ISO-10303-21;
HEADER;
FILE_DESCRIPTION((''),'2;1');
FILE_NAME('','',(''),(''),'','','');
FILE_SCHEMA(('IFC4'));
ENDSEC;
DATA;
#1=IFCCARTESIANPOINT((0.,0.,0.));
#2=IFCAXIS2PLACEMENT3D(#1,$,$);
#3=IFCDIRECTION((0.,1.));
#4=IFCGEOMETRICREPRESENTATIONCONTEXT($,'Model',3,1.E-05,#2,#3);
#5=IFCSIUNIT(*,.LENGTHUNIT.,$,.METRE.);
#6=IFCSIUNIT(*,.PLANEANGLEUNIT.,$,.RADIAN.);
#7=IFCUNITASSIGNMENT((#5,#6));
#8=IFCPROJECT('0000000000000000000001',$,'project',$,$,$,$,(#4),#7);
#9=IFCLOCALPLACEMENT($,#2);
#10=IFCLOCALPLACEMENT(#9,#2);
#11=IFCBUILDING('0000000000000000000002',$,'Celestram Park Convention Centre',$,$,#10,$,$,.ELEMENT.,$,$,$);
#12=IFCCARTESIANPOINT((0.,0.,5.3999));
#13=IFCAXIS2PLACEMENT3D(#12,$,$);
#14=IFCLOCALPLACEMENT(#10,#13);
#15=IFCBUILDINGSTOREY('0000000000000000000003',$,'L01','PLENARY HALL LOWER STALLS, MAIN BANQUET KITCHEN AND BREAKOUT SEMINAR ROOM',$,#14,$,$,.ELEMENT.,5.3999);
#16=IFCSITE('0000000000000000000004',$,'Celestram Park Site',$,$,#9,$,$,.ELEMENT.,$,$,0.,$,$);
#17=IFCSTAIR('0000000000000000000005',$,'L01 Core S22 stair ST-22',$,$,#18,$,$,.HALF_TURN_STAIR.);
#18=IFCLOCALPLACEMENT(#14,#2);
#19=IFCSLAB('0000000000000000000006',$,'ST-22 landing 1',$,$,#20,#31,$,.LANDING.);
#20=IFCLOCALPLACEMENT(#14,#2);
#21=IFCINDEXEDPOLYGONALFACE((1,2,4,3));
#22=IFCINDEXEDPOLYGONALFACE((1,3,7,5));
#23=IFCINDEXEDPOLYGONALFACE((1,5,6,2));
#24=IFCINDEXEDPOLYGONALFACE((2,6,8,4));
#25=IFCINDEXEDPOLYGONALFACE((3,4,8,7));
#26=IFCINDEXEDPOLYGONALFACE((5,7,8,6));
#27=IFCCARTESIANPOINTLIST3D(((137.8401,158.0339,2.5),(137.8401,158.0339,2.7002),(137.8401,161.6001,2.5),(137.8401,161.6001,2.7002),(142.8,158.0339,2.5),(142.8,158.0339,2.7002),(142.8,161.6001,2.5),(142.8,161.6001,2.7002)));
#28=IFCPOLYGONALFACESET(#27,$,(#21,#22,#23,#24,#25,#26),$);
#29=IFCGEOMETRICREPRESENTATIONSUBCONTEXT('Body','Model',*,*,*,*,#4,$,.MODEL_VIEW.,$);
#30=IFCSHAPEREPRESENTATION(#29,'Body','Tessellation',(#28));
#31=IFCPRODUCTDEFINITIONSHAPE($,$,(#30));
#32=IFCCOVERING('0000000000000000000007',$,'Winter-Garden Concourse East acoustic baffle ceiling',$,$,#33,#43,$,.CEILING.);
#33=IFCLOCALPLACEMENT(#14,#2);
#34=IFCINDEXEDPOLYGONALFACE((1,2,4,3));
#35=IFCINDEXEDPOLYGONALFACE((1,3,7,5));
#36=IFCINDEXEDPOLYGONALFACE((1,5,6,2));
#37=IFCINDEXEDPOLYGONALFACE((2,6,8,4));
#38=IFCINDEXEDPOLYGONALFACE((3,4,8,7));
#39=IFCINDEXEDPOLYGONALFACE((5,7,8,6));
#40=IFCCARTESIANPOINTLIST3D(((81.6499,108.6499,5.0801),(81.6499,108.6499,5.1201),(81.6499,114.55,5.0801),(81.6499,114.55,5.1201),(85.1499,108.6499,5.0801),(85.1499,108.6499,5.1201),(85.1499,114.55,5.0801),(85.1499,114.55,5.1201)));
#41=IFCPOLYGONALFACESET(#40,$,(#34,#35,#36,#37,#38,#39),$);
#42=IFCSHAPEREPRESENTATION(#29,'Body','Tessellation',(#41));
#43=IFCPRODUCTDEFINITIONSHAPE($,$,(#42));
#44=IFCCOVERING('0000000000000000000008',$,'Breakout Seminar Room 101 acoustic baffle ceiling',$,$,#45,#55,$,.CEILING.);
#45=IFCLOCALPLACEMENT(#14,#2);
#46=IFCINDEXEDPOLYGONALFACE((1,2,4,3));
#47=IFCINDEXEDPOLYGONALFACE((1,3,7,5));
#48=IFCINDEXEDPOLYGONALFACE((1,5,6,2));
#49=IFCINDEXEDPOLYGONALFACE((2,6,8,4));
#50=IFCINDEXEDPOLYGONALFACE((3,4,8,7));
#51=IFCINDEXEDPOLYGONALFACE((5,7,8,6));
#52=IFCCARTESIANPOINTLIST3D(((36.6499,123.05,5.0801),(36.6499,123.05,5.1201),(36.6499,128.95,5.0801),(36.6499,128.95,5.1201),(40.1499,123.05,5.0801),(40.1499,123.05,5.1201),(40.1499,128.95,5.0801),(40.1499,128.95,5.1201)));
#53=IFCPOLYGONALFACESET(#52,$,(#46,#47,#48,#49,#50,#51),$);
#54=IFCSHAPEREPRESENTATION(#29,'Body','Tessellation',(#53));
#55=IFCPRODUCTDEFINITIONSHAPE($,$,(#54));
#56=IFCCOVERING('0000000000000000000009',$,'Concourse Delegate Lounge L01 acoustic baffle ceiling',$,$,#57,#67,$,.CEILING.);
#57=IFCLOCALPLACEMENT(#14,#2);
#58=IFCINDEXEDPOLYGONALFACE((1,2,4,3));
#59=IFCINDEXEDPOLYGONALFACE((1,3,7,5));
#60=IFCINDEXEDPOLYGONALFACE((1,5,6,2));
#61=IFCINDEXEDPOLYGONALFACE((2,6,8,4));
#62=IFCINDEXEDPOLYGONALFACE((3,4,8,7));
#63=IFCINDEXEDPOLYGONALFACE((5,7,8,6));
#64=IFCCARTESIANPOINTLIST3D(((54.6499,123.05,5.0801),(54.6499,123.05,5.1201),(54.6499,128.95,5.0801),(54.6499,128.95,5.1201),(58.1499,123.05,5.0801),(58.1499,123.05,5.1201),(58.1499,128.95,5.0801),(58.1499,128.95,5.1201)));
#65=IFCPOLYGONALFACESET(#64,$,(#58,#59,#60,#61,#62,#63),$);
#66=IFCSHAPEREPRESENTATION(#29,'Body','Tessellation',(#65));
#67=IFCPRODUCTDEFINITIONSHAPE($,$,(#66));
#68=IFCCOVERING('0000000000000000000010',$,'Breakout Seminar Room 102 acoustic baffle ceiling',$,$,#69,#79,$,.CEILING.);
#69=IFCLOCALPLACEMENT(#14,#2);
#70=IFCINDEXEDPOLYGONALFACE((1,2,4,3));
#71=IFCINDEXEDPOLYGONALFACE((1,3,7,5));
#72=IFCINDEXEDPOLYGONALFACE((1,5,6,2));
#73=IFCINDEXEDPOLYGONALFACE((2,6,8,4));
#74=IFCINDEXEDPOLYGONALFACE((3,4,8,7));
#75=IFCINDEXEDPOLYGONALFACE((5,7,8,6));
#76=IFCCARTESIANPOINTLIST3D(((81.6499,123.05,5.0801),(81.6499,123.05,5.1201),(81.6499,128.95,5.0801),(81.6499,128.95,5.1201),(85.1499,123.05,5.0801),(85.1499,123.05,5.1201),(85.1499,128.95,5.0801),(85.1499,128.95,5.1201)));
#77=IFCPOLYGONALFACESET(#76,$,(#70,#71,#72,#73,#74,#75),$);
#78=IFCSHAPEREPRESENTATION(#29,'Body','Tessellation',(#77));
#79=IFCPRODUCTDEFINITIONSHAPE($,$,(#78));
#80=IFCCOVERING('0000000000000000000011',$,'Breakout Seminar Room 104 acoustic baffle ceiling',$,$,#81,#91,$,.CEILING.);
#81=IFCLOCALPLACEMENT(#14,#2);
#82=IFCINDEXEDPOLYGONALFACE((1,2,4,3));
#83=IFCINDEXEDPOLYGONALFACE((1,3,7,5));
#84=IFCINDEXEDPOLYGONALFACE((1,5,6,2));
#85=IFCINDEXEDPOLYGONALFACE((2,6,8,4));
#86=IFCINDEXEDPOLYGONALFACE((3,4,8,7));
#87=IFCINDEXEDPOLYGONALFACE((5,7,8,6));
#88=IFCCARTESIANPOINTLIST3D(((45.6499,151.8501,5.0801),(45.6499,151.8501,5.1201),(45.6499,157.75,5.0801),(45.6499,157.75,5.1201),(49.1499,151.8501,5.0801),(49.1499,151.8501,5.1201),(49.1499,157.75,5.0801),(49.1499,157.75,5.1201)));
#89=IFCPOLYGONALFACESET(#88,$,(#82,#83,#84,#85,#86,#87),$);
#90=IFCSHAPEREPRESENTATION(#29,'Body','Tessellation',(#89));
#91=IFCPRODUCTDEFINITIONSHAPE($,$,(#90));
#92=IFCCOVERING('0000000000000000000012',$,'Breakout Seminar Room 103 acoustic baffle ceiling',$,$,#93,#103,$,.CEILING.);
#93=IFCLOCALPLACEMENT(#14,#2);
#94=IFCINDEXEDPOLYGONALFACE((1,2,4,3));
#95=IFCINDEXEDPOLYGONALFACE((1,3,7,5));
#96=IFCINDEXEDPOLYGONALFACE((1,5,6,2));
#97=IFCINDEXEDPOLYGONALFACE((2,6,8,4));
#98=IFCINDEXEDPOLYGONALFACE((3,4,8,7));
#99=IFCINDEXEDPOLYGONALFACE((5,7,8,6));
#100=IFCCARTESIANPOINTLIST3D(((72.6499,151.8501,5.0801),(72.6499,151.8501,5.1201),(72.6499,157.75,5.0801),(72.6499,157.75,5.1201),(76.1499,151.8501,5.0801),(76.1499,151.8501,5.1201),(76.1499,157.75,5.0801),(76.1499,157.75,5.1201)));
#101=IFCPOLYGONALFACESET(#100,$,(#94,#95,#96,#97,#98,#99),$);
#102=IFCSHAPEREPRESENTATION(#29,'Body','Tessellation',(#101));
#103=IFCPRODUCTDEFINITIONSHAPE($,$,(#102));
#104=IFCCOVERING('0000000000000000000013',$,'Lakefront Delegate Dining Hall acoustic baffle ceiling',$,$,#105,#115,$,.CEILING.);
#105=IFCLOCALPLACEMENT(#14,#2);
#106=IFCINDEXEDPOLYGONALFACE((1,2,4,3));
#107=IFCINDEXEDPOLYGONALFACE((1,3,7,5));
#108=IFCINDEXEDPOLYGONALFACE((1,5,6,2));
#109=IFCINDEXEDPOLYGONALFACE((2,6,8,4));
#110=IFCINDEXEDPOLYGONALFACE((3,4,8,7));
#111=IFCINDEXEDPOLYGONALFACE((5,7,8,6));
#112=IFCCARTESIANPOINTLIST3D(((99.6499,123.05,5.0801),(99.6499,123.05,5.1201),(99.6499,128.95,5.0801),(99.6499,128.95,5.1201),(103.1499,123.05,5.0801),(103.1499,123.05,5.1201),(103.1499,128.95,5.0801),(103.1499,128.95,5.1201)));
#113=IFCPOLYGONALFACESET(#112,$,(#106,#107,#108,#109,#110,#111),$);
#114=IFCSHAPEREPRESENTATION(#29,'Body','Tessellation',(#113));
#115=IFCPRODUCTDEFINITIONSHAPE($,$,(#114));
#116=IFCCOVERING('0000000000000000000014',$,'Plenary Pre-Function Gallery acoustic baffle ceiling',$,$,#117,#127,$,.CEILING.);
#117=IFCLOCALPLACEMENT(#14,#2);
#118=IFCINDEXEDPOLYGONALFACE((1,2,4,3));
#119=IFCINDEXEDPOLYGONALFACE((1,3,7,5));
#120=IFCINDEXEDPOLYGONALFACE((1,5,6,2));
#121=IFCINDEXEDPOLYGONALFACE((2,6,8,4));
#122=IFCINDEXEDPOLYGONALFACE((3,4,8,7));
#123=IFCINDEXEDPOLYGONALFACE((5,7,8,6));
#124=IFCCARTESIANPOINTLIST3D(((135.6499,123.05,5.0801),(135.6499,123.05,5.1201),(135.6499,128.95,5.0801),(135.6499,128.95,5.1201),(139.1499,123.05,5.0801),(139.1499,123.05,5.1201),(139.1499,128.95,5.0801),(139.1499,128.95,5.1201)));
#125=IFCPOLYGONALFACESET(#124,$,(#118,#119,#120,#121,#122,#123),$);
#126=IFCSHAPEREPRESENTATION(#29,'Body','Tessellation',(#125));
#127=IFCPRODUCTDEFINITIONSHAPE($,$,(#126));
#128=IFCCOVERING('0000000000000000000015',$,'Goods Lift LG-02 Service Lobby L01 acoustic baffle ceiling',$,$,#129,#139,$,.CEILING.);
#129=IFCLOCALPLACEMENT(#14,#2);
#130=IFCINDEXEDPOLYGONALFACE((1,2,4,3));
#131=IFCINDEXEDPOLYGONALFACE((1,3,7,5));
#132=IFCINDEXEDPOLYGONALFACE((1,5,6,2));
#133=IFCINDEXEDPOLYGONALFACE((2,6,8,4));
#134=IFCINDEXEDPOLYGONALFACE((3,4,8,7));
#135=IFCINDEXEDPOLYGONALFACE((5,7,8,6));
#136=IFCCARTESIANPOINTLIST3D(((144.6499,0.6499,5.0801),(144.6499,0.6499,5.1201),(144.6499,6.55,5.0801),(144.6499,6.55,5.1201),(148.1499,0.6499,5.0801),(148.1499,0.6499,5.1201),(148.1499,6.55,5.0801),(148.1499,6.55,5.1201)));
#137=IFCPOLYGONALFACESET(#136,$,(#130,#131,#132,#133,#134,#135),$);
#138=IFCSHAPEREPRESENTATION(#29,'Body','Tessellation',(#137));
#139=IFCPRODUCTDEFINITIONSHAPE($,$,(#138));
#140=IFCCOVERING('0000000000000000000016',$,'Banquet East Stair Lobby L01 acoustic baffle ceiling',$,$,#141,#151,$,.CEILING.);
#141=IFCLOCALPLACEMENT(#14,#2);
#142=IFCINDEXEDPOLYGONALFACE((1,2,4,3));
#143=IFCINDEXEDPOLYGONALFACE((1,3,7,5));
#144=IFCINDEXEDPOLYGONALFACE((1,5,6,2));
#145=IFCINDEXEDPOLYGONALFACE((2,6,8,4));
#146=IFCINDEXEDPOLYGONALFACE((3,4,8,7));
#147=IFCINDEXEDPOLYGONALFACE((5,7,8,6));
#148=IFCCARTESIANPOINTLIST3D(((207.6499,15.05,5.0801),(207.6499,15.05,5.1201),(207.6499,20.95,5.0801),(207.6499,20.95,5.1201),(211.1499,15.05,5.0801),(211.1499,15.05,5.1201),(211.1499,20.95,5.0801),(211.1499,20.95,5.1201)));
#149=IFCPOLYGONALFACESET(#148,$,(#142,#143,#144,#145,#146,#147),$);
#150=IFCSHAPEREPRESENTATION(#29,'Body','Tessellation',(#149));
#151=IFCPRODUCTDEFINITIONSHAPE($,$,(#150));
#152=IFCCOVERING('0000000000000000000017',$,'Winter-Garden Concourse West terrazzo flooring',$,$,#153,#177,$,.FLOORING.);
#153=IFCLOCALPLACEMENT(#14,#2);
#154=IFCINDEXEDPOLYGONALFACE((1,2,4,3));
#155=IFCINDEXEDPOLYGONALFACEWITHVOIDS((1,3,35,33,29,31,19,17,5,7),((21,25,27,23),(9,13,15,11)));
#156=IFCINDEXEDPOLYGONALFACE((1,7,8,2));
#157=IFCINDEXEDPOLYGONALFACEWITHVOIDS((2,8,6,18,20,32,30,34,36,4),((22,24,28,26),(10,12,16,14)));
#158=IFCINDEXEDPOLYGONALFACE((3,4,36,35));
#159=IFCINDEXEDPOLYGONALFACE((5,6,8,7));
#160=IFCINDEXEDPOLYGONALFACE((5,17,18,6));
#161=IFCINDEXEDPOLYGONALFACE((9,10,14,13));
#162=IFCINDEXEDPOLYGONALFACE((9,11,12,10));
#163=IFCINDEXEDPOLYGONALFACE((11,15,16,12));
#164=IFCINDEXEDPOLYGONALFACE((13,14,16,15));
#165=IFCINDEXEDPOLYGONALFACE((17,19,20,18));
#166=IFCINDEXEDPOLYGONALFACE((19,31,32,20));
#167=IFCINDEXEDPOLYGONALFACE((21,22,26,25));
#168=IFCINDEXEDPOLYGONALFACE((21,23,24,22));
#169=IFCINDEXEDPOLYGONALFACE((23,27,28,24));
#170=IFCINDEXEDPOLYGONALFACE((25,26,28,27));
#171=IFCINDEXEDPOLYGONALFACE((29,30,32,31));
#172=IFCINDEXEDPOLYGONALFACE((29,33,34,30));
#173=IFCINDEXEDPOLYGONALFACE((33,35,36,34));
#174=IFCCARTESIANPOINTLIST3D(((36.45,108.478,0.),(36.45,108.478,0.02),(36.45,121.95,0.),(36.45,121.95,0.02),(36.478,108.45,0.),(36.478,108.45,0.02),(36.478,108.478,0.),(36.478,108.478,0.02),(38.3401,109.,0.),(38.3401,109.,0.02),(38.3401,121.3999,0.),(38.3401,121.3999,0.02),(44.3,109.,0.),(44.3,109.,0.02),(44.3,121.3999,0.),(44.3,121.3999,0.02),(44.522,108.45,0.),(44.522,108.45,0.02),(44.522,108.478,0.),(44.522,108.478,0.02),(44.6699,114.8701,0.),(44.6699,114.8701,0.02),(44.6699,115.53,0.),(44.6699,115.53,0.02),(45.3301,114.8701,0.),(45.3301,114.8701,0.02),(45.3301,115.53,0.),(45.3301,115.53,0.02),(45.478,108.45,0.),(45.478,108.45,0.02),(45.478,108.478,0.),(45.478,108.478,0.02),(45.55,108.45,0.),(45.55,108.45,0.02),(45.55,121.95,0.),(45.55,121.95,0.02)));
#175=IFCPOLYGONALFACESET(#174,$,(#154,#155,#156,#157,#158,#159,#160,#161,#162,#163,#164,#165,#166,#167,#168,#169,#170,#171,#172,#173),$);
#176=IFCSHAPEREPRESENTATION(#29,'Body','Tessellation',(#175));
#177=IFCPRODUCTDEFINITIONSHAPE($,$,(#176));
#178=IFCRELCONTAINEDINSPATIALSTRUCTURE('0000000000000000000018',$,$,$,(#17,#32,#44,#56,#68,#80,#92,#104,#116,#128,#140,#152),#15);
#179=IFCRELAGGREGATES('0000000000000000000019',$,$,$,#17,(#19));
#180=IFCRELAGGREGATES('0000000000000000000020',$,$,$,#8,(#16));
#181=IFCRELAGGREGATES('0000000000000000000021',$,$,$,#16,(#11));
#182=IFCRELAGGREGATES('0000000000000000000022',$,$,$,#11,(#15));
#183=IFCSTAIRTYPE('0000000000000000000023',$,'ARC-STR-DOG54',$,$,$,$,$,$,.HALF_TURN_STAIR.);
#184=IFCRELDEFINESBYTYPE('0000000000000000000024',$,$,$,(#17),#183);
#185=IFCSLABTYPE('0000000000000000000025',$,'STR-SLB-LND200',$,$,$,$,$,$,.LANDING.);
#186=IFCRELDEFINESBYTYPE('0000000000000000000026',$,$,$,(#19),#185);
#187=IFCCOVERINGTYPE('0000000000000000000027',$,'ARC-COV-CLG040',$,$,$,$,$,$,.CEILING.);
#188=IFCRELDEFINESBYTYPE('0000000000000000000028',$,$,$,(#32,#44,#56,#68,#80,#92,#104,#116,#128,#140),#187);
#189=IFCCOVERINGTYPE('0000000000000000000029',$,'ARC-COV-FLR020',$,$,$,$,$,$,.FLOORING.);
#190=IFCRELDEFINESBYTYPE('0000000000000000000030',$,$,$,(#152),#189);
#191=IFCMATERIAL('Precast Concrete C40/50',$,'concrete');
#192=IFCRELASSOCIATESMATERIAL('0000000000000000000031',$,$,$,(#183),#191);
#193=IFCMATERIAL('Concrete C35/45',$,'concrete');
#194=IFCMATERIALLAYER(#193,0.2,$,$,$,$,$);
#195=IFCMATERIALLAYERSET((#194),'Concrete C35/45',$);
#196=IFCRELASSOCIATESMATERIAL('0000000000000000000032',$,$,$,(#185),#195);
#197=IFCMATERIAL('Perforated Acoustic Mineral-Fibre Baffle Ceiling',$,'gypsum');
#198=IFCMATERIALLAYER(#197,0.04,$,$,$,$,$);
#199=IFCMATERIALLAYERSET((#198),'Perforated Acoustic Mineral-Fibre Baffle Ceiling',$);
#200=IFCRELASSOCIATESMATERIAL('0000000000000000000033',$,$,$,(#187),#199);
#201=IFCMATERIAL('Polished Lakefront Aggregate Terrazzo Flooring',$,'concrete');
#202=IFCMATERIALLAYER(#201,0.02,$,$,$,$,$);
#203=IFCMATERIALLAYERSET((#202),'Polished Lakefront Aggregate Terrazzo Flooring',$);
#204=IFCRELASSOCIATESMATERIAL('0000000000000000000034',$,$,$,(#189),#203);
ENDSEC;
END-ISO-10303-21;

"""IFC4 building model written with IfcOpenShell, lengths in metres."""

from ifc_helpers import new_model, si_unit, direction, frame, origin, place, context, subcontext, project, spatial, polyline, outline, extrude, material, layer, layer_set, type_object, element, aggregate, save


model = new_model("IFC4")

# Units and contexts
model_context = context("Model", 3, precision=1e-05, world=origin(), true_north=direction((0.0, 1.0)))
body_context = subcontext(model_context, "Body", "Model", "MODEL_VIEW")
ifc_project = project(units=[si_unit("LENGTHUNIT", "METRE"), si_unit("PLANEANGLEUNIT", "RADIAN")], contexts=[model_context])

# Site, building, storey
site_placement = place(None, origin())
site = spatial("IfcSite", under=ifc_project, at=site_placement, Name="Celestram Park Site", CompositionType="ELEMENT", RefElevation=0.0)
building_placement = place(site_placement, origin())
building = spatial("IfcBuilding", under=site, at=building_placement, Name="Celestram Park Convention Centre", CompositionType="ELEMENT")
storey_placement = place(building_placement, frame((0.0, 0.0, 5.3999)))
storey = spatial("IfcBuildingStorey", under=building, at=storey_placement, Name="L01", Description="PLENARY HALL LOWER STALLS, MAIN BANQUET KITCHEN AND BREAKOUT SEMINAR ROOM", CompositionType="ELEMENT", Elevation=5.3999)

# Stair, slab
ifc_material_1 = material(Name="Precast Concrete C40/50", Category="concrete")
stair_type = type_object("IfcStairType", Name="ARC-STR-DOG54", PredefinedType="HALF_TURN_STAIR", material=ifc_material_1)
ifc_material_2 = material(Name="Concrete C35/45", Category="concrete")
ifc_layer_1 = layer(ifc_material_2, 0.2)
ifc_layer_set_1 = layer_set([ifc_layer_1], Name="Concrete C35/45")
slab_type = type_object("IfcSlabType", Name="STR-SLB-LND200", PredefinedType="LANDING", material=ifc_layer_set_1)
stair_1_placement = place(storey_placement, origin())
stair_1 = element("IfcStair", 1, at=stair_1_placement, inside=storey, type_object=stair_type, Name="L01 Core S22 stair ST-22", PredefinedType="HALF_TURN_STAIR")
slab_1_placement = place(storey_placement, frame((0.0, 0.0, 2.5)))
slab_1 = element("IfcSlab", 2, at=slab_1_placement, type_object=slab_type, Name="ST-22 landing 1", PredefinedType="LANDING", context=body_context, shape_type="SweptSolid", body=[
    extrude(outline(polyline([(142.8, 158.0339), (142.8, 161.6001), (137.8401, 161.6001), (137.8401, 158.0339), (142.8, 158.0339)])), origin(), (0.0, 0.0, 1.0), 0.2002),
])
aggregate(stair_1, [slab_1])

# Coverings
ifc_material_3 = material(Name="Perforated Acoustic Mineral-Fibre Baffle Ceiling", Category="gypsum")
ifc_layer_2 = layer(ifc_material_3, 0.04)
ifc_layer_set_2 = layer_set([ifc_layer_2], Name="Perforated Acoustic Mineral-Fibre Baffle Ceiling")
covering_type_1 = type_object("IfcCoveringType", Name="ARC-COV-CLG040", PredefinedType="CEILING", material=ifc_layer_set_2)
covering_1_placement = place(storey_placement, frame((0.0, 0.0, 5.0801)))
element("IfcCovering", 3, at=covering_1_placement, inside=storey, type_object=covering_type_1, Name="Winter-Garden Concourse East acoustic baffle ceiling", PredefinedType="CEILING", context=body_context, shape_type="SweptSolid", body=[
    extrude(outline(polyline([(81.6499, 108.6499), (85.1499, 108.6499), (85.1499, 114.55), (81.6499, 114.55), (81.6499, 108.6499)])), origin(), (0.0, 0.0, 1.0), 0.04),
])
covering_2_placement = place(storey_placement, frame((0.0, 0.0, 5.0801)))
element("IfcCovering", 4, at=covering_2_placement, inside=storey, type_object=covering_type_1, Name="Breakout Seminar Room 101 acoustic baffle ceiling", PredefinedType="CEILING", context=body_context, shape_type="SweptSolid", body=[
    extrude(outline(polyline([(36.6499, 123.05), (40.1499, 123.05), (40.1499, 128.95), (36.6499, 128.95), (36.6499, 123.05)])), origin(), (0.0, 0.0, 1.0), 0.04),
])
covering_3_placement = place(storey_placement, frame((0.0, 0.0, 5.0801)))
element("IfcCovering", 5, at=covering_3_placement, inside=storey, type_object=covering_type_1, Name="Concourse Delegate Lounge L01 acoustic baffle ceiling", PredefinedType="CEILING", context=body_context, shape_type="SweptSolid", body=[
    extrude(outline(polyline([(54.6499, 123.05), (58.1499, 123.05), (58.1499, 128.95), (54.6499, 128.95), (54.6499, 123.05)])), origin(), (0.0, 0.0, 1.0), 0.04),
])
covering_4_placement = place(storey_placement, frame((0.0, 0.0, 5.0801)))
element("IfcCovering", 6, at=covering_4_placement, inside=storey, type_object=covering_type_1, Name="Breakout Seminar Room 102 acoustic baffle ceiling", PredefinedType="CEILING", context=body_context, shape_type="SweptSolid", body=[
    extrude(outline(polyline([(81.6499, 123.05), (85.1499, 123.05), (85.1499, 128.95), (81.6499, 128.95), (81.6499, 123.05)])), origin(), (0.0, 0.0, 1.0), 0.04),
])
covering_5_placement = place(storey_placement, frame((0.0, 0.0, 5.0801)))
element("IfcCovering", 7, at=covering_5_placement, inside=storey, type_object=covering_type_1, Name="Breakout Seminar Room 104 acoustic baffle ceiling", PredefinedType="CEILING", context=body_context, shape_type="SweptSolid", body=[
    extrude(outline(polyline([(45.6499, 151.8501), (49.1499, 151.8501), (49.1499, 157.75), (45.6499, 157.75), (45.6499, 151.8501)])), origin(), (0.0, 0.0, 1.0), 0.04),
])
covering_6_placement = place(storey_placement, frame((0.0, 0.0, 5.0801)))
element("IfcCovering", 8, at=covering_6_placement, inside=storey, type_object=covering_type_1, Name="Breakout Seminar Room 103 acoustic baffle ceiling", PredefinedType="CEILING", context=body_context, shape_type="SweptSolid", body=[
    extrude(outline(polyline([(72.6499, 151.8501), (76.1499, 151.8501), (76.1499, 157.75), (72.6499, 157.75), (72.6499, 151.8501)])), origin(), (0.0, 0.0, 1.0), 0.04),
])
covering_7_placement = place(storey_placement, frame((0.0, 0.0, 5.0801)))
element("IfcCovering", 9, at=covering_7_placement, inside=storey, type_object=covering_type_1, Name="Lakefront Delegate Dining Hall acoustic baffle ceiling", PredefinedType="CEILING", context=body_context, shape_type="SweptSolid", body=[
    extrude(outline(polyline([(99.6499, 123.05), (103.1499, 123.05), (103.1499, 128.95), (99.6499, 128.95), (99.6499, 123.05)])), origin(), (0.0, 0.0, 1.0), 0.04),
])
covering_8_placement = place(storey_placement, frame((0.0, 0.0, 5.0801)))
element("IfcCovering", 10, at=covering_8_placement, inside=storey, type_object=covering_type_1, Name="Plenary Pre-Function Gallery acoustic baffle ceiling", PredefinedType="CEILING", context=body_context, shape_type="SweptSolid", body=[
    extrude(outline(polyline([(135.6499, 123.05), (139.1499, 123.05), (139.1499, 128.95), (135.6499, 128.95), (135.6499, 123.05)])), origin(), (0.0, 0.0, 1.0), 0.04),
])
covering_9_placement = place(storey_placement, frame((0.0, 0.0, 5.0801)))
element("IfcCovering", 11, at=covering_9_placement, inside=storey, type_object=covering_type_1, Name="Goods Lift LG-02 Service Lobby L01 acoustic baffle ceiling", PredefinedType="CEILING", context=body_context, shape_type="SweptSolid", body=[
    extrude(outline(polyline([(144.6499, 0.6499), (148.1499, 0.6499), (148.1499, 6.55), (144.6499, 6.55), (144.6499, 0.6499)])), origin(), (0.0, 0.0, 1.0), 0.04),
])
covering_10_placement = place(storey_placement, frame((0.0, 0.0, 5.0801)))
element("IfcCovering", 12, at=covering_10_placement, inside=storey, type_object=covering_type_1, Name="Banquet East Stair Lobby L01 acoustic baffle ceiling", PredefinedType="CEILING", context=body_context, shape_type="SweptSolid", body=[
    extrude(outline(polyline([(207.6499, 15.05), (211.1499, 15.05), (211.1499, 20.95), (207.6499, 20.95), (207.6499, 15.05)])), origin(), (0.0, 0.0, 1.0), 0.04),
])
ifc_material_4 = material(Name="Polished Lakefront Aggregate Terrazzo Flooring", Category="concrete")
ifc_layer_3 = layer(ifc_material_4, 0.02)
ifc_layer_set_3 = layer_set([ifc_layer_3], Name="Polished Lakefront Aggregate Terrazzo Flooring")
covering_type_2 = type_object("IfcCoveringType", Name="ARC-COV-FLR020", PredefinedType="FLOORING", material=ifc_layer_set_3)
covering_11_placement = place(storey_placement, origin())
element("IfcCovering", 13, at=covering_11_placement, inside=storey, type_object=covering_type_2, Name="Winter-Garden Concourse West terrazzo flooring", PredefinedType="FLOORING", context=body_context, shape_type="SweptSolid", body=[
    extrude(outline(polyline([(45.55, 121.95), (45.55, 108.45), (45.478, 108.45), (45.478, 108.478), (44.522, 108.478), (44.522, 108.45), (36.478, 108.45), (36.478, 108.478), (36.45, 108.478), (36.45, 121.95), (45.55, 121.95)]), holes=[polyline([(44.3, 121.3999), (38.3401, 121.3999), (38.3401, 109.0), (44.3, 109.0), (44.3, 121.3999)]), polyline([(45.3301, 114.8701), (45.3301, 115.53), (44.6699, 115.53), (44.6699, 114.8701), (45.3301, 114.8701)])]), origin(), (0.0, 0.0, 1.0), 0.02),
])

save(model, "model.ifc")
